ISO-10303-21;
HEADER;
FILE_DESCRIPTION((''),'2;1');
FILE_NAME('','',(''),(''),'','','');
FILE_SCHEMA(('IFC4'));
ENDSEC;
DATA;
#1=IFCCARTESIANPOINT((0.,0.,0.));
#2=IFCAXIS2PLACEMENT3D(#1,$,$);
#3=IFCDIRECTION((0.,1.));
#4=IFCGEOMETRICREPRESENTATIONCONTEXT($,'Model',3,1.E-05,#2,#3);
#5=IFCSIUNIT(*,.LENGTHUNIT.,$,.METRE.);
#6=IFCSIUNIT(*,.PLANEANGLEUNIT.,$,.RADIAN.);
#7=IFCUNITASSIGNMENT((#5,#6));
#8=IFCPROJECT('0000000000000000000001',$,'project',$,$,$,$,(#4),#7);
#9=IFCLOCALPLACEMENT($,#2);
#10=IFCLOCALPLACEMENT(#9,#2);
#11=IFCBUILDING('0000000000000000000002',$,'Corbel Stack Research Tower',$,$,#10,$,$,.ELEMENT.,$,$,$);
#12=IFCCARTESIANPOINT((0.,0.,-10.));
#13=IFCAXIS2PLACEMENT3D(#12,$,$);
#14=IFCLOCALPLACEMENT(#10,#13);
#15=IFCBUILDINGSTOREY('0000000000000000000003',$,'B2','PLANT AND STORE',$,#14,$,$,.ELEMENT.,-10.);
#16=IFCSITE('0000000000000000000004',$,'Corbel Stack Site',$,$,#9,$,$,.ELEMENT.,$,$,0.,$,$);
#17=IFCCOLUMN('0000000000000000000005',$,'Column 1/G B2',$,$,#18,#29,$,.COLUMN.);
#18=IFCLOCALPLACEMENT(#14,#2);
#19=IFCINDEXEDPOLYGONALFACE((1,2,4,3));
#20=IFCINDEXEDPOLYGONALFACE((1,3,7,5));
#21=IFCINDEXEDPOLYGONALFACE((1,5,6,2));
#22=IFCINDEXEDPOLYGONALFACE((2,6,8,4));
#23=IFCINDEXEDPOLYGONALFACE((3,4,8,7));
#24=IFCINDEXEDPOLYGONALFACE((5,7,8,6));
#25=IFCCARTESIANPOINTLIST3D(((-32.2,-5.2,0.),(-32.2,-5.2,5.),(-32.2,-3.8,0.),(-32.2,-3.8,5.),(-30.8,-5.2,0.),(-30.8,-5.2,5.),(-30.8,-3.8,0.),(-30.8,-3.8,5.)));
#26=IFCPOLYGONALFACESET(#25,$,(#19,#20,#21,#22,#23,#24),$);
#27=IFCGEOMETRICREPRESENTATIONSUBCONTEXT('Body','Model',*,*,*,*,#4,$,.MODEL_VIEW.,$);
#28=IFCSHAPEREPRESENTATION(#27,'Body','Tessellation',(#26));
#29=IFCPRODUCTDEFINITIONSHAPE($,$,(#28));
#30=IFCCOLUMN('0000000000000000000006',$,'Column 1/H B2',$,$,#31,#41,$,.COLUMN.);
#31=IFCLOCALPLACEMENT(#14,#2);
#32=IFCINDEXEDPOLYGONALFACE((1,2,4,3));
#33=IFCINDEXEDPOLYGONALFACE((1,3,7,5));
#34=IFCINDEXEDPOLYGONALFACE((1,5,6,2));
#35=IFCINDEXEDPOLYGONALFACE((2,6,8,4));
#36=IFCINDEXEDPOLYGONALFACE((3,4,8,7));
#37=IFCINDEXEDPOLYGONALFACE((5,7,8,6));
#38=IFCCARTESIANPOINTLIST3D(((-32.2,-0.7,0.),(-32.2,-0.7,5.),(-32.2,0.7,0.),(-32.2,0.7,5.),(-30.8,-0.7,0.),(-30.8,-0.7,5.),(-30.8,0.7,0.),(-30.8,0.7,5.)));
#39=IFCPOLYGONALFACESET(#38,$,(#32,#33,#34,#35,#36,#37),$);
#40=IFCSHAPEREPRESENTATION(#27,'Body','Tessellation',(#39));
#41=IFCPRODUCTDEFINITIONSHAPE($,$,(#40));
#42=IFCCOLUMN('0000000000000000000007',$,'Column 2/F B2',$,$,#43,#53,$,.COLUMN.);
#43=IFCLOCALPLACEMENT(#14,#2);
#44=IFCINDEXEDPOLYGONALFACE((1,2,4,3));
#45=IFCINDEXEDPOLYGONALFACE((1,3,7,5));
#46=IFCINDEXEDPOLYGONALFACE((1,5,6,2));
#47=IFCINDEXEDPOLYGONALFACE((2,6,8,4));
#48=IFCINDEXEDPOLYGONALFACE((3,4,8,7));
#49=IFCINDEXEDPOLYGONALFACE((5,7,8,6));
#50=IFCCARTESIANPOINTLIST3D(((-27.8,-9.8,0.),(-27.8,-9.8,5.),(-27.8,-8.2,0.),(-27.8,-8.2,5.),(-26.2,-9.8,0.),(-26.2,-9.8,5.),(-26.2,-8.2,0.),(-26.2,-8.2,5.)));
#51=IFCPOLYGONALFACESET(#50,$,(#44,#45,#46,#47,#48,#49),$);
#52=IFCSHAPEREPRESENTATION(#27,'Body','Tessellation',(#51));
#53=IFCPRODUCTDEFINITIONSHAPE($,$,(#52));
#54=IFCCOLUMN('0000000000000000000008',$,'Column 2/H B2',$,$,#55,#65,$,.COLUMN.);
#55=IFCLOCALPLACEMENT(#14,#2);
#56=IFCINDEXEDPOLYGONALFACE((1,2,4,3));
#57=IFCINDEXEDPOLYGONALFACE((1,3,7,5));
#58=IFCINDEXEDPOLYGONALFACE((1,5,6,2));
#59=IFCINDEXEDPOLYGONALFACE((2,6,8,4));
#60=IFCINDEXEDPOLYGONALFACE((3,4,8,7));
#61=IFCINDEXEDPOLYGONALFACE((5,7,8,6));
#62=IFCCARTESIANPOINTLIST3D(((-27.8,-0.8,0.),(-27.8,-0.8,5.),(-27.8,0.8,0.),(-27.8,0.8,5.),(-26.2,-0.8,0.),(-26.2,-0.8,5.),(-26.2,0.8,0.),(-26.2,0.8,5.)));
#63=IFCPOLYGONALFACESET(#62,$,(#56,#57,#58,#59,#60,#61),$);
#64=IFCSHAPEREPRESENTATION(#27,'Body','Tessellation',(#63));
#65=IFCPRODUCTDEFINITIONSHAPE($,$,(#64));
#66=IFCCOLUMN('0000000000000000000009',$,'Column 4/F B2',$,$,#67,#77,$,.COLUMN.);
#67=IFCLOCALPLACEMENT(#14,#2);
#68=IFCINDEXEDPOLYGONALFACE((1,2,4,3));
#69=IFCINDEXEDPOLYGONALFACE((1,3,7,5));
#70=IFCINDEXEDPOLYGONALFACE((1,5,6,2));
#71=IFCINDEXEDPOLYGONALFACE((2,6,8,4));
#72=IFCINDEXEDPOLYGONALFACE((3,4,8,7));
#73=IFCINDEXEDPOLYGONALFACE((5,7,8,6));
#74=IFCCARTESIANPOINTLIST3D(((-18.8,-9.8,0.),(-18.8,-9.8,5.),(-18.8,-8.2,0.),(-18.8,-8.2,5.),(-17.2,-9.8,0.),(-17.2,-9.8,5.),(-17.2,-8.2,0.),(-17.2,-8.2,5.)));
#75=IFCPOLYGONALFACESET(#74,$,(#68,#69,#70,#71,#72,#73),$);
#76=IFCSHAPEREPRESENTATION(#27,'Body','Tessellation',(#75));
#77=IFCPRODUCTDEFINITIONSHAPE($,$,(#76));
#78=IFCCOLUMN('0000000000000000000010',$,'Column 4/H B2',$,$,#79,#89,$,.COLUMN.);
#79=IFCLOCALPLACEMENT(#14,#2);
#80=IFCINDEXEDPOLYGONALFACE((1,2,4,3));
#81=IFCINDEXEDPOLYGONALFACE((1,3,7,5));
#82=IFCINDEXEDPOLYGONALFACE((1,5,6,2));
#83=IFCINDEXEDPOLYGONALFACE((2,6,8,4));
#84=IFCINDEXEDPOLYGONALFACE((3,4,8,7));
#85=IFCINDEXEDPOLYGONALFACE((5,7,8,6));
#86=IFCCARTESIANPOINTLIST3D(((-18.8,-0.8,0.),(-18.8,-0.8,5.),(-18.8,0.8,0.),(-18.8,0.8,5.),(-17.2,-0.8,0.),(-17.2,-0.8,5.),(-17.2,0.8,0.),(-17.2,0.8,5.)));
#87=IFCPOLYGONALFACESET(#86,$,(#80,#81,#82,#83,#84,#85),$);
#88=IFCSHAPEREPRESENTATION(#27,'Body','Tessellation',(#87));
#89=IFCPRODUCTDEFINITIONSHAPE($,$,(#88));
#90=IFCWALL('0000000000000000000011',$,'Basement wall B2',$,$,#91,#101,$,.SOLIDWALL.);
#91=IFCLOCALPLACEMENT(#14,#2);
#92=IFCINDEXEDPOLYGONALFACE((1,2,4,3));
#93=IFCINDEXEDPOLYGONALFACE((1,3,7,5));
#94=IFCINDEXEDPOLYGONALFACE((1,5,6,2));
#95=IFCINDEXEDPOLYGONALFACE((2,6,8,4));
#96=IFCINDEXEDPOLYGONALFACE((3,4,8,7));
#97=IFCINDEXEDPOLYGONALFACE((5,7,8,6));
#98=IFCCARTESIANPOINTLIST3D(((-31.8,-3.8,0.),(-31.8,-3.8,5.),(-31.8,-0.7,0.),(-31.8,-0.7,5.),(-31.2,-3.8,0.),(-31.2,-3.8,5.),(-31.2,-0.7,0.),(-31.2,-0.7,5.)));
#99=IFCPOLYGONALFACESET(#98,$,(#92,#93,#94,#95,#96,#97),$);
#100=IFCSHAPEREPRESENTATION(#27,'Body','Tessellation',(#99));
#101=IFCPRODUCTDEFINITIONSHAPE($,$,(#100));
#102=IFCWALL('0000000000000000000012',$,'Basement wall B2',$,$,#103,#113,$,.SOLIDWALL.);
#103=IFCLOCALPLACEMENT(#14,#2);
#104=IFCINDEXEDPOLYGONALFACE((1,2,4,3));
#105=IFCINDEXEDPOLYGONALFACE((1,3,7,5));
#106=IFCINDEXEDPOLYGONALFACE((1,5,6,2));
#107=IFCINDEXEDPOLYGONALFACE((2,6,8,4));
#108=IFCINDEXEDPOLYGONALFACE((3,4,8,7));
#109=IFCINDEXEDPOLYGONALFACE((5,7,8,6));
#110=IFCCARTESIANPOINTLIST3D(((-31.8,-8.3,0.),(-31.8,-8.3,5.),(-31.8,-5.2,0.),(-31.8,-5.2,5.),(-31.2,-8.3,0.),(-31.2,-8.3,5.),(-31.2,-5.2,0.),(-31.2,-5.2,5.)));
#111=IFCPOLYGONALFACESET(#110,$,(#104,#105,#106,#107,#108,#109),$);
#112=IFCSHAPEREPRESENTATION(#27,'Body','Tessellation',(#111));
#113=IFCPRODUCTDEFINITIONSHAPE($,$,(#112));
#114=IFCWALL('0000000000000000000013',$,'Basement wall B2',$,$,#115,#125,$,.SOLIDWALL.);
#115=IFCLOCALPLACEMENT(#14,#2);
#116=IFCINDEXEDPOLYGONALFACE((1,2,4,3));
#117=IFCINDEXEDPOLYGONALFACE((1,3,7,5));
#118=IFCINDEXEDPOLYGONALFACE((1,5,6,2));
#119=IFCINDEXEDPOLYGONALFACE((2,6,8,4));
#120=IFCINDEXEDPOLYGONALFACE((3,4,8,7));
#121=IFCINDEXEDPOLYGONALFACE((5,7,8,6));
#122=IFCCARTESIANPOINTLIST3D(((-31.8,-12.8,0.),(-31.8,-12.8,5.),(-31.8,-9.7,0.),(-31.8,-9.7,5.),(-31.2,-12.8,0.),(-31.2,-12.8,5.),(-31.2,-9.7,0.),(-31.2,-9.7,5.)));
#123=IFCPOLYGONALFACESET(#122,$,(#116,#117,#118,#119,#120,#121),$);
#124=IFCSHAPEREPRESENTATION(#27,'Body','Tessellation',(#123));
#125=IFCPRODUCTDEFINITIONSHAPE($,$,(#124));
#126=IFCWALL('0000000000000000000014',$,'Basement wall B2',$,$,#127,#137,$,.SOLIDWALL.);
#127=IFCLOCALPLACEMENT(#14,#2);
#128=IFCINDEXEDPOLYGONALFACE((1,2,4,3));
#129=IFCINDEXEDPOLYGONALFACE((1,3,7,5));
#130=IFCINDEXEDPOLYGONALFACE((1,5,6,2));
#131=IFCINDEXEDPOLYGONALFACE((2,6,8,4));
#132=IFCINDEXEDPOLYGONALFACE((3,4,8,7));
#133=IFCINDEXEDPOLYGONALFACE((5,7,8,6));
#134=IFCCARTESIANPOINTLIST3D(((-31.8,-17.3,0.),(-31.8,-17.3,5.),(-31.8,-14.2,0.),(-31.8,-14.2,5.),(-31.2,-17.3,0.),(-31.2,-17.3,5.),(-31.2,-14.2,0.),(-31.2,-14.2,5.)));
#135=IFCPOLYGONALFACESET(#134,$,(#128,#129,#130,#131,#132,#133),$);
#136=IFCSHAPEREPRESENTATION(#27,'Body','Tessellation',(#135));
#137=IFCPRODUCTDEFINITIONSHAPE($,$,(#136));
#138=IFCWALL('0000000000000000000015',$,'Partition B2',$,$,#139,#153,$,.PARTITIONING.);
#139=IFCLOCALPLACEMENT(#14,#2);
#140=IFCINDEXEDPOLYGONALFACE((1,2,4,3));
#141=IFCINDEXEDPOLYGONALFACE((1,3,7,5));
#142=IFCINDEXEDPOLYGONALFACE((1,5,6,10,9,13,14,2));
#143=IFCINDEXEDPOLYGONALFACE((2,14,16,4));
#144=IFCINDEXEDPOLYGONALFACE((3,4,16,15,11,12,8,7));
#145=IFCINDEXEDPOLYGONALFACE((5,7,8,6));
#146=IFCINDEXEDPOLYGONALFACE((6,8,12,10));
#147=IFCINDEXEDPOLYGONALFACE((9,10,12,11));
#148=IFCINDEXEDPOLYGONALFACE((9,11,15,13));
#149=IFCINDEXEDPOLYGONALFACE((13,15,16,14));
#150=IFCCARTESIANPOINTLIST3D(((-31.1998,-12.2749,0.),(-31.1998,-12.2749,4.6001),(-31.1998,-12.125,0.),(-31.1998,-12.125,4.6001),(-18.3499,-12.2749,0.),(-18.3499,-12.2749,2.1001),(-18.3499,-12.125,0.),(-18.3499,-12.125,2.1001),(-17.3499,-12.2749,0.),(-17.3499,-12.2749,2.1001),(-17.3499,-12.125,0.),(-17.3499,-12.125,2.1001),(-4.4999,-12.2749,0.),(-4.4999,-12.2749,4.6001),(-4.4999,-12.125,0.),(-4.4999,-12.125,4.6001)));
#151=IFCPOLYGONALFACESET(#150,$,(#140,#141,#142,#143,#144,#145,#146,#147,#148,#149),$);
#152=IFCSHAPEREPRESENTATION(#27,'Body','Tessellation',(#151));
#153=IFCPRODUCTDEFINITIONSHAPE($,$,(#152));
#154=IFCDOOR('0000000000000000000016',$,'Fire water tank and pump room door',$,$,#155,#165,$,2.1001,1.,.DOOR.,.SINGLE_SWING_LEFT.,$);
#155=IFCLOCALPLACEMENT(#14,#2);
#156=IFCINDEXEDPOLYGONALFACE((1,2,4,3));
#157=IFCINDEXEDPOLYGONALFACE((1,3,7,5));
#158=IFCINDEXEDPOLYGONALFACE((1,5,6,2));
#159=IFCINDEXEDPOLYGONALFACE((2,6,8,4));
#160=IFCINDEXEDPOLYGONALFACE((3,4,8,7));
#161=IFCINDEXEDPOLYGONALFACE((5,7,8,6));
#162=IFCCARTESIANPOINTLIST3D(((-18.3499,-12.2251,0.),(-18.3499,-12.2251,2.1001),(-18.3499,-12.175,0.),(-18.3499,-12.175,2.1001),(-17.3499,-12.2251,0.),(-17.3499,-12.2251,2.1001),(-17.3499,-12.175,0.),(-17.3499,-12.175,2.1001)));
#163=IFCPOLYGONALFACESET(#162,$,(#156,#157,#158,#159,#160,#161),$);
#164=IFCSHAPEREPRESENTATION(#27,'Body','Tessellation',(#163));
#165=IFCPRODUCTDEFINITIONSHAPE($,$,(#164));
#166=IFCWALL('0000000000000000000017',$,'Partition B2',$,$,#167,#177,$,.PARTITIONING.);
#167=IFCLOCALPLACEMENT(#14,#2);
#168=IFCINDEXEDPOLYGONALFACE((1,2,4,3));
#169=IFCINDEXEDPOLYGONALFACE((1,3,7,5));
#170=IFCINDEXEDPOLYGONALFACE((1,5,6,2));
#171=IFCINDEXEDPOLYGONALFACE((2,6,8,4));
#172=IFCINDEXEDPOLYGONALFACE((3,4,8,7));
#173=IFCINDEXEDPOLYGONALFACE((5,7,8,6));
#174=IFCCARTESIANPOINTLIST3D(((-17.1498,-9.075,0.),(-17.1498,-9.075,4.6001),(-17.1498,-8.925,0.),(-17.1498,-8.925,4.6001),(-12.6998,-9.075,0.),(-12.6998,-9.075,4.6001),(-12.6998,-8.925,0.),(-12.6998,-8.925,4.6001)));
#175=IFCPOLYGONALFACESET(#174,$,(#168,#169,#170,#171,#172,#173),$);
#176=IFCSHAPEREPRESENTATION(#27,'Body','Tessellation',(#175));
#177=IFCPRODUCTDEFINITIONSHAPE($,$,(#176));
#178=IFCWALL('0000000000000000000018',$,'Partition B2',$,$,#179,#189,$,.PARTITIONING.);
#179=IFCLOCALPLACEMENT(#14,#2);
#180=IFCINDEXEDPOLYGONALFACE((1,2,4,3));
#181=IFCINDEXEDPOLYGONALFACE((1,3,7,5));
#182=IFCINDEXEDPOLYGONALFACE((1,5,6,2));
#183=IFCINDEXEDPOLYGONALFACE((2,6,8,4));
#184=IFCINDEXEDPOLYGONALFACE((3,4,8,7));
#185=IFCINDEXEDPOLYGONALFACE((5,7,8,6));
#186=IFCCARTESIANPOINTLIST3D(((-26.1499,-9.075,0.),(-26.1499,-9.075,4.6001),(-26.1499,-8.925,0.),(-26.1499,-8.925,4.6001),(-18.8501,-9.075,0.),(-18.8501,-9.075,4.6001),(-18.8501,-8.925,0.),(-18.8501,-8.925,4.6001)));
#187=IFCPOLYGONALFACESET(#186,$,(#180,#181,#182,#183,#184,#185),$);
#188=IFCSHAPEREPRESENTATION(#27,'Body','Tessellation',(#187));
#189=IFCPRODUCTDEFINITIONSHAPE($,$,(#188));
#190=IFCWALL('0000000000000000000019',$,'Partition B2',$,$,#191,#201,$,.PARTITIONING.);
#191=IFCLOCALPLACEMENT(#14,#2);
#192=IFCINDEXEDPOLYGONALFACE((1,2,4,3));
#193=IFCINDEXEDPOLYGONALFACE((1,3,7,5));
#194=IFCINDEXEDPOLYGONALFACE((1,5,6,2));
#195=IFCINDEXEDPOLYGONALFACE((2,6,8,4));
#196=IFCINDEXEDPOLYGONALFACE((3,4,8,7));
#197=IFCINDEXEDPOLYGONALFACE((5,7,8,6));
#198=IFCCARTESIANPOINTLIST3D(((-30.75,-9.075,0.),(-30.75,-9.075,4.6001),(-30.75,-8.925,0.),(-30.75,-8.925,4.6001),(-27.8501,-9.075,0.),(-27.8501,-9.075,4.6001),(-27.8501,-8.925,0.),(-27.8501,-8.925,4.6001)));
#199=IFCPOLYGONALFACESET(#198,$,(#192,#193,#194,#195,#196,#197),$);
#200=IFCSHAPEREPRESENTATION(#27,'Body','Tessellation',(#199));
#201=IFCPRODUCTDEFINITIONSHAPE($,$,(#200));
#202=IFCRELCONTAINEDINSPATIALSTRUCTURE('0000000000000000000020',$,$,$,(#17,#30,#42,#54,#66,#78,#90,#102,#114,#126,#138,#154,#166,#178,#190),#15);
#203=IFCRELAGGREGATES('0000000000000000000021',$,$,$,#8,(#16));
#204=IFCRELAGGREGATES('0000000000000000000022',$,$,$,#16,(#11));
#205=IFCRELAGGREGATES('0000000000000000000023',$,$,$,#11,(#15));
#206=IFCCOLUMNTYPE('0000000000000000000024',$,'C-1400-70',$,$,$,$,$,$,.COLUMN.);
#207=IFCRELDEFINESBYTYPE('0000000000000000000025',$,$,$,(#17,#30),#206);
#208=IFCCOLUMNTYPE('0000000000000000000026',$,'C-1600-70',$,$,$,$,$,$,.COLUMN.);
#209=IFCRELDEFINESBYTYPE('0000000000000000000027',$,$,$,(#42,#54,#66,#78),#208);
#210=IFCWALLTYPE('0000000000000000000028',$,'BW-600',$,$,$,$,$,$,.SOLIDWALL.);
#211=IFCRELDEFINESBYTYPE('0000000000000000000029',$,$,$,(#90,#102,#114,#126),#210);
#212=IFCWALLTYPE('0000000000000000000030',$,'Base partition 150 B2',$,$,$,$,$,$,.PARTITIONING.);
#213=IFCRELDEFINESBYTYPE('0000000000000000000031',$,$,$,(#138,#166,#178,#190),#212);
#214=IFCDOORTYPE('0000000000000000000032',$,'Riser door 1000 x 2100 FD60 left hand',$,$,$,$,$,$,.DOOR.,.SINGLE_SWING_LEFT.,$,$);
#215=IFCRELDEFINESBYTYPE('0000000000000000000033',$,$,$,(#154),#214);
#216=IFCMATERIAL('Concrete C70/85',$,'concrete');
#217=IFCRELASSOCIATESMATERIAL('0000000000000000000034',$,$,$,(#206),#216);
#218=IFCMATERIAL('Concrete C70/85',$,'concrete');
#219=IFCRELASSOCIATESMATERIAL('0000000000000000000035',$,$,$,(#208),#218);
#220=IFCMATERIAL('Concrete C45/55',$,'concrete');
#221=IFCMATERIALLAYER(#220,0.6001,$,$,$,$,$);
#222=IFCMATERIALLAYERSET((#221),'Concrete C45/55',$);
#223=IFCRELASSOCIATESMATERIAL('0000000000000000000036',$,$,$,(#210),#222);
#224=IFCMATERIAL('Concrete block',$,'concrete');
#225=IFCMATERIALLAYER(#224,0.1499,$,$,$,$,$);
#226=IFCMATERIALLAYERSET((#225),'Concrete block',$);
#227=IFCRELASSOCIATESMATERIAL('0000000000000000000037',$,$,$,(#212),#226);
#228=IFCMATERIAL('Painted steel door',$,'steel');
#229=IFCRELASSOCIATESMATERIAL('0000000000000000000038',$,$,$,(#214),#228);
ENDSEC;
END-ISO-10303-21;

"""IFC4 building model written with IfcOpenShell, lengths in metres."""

from ifc_helpers import new_model, si_unit, direction, frame, frame_2d, origin, origin_2d, place, context, subcontext, project, spatial, rectangle, extrude, material, layer, layer_set, material_profile, profile_set, type_object, element, fill, save


model = new_model("IFC4")

# Units and contexts
model_context = context("Model", 3, precision=1e-05, world=origin(), true_north=direction((0.0, 1.0)))
body_context = subcontext(model_context, "Body", "Model", "MODEL_VIEW")
ifc_project = project(units=[si_unit("LENGTHUNIT", "METRE"), si_unit("PLANEANGLEUNIT", "RADIAN")], contexts=[model_context])

# Site, building, storey
site_placement = place(None, origin())
site = spatial("IfcSite", under=ifc_project, at=site_placement, Name="Corbel Stack Site", CompositionType="ELEMENT", RefElevation=0.0)
building_placement = place(site_placement, origin())
building = spatial("IfcBuilding", under=site, at=building_placement, Name="Corbel Stack Research Tower", CompositionType="ELEMENT")
storey_placement = place(building_placement, frame((0.0, 0.0, -10.0)))
storey = spatial("IfcBuildingStorey", under=building, at=storey_placement, Name="B2", Description="PLANT AND STORE", CompositionType="ELEMENT", Elevation=-10.0)

# Columns
ifc_material_1 = material(Name="Concrete C70/85", Category="concrete")
ifc_material_profile_1 = material_profile(ifc_material_1, rectangle(XDim=1.3999, YDim=1.3999, at=origin_2d()), Name="RC 1400 x 1400")
ifc_profile_set_1 = profile_set([ifc_material_profile_1], Name="Concrete C70/85")
column_type_1 = type_object("IfcColumnType", Name="C-1400-70", PredefinedType="COLUMN", material=ifc_profile_set_1)
for number, where, z_axis, x_axis, name in (
    (1, (-31.5, -4.5, 0.0), (0.0, 0.0, 1.0), (1.0, 0.0, 0.0), "Column 1/G B2"),
    (2, (-31.5, 0.0, 0.0), (0.0, 0.0, 1.0), (1.0, 0.0, 0.0), "Column 1/H B2"),
):
    element("IfcColumn", number, at=place(storey_placement, frame(where, z_axis=z_axis, x_axis=x_axis)), inside=storey, type_object=column_type_1, Name=name, PredefinedType="COLUMN", context=body_context, shape_type="SweptSolid", body=[
        extrude(rectangle(XDim=1.3999, YDim=1.3999, at=origin_2d()), origin(), (0.0, 0.0, 1.0), 5.0),
    ])
ifc_material_2 = material(Name="Concrete C70/85", Category="concrete")
ifc_material_profile_2 = material_profile(ifc_material_2, rectangle(XDim=1.6001, YDim=1.6001, at=origin_2d()), Name="RC 1600 x 1600")
ifc_profile_set_2 = profile_set([ifc_material_profile_2], Name="Concrete C70/85")
column_type_2 = type_object("IfcColumnType", Name="C-1600-70", PredefinedType="COLUMN", material=ifc_profile_set_2)
for number, where, z_axis, x_axis, name in (
    (3, (-27.0, -9.0, 0.0), (0.0, 0.0, 1.0), (1.0, 0.0, 0.0), "Column 2/F B2"),
    (4, (-27.0, 0.0, 0.0), (0.0, 0.0, 1.0), (1.0, 0.0, 0.0), "Column 2/H B2"),
    (5, (-18.0, -9.0, 0.0), (0.0, 0.0, 1.0), (1.0, 0.0, 0.0), "Column 4/F B2"),
    (6, (-18.0, 0.0, 0.0), (0.0, 0.0, 1.0), (1.0, 0.0, 0.0), "Column 4/H B2"),
):
    element("IfcColumn", number, at=place(storey_placement, frame(where, z_axis=z_axis, x_axis=x_axis)), inside=storey, type_object=column_type_2, Name=name, PredefinedType="COLUMN", context=body_context, shape_type="SweptSolid", body=[
        extrude(rectangle(XDim=1.6001, YDim=1.6001, at=origin_2d()), origin(), (0.0, 0.0, 1.0), 5.0),
    ])

# Walls
ifc_material_3 = material(Name="Concrete C45/55", Category="concrete")
ifc_layer_1 = layer(ifc_material_3, 0.6001)
ifc_layer_set_1 = layer_set([ifc_layer_1], Name="Concrete C45/55")
wall_type_1 = type_object("IfcWallType", Name="BW-600", PredefinedType="SOLIDWALL", material=ifc_layer_set_1)
for number, where, z_axis, x_axis, name in (
    (7, (-31.5, -0.7, 0.0), (0.0, 0.0, 1.0), (0.0, -1.0, 0.0), "Basement wall B2"),
    (8, (-31.5, -5.2, 0.0), (0.0, 0.0, 1.0), (0.0, -1.0, 0.0), "Basement wall B2"),
    (9, (-31.5, -9.7, 0.0), (0.0, 0.0, 1.0), (0.0, -1.0, 0.0), "Basement wall B2"),
    (10, (-31.5, -14.2, 0.0), (0.0, 0.0, 1.0), (0.0, -1.0, 0.0), "Basement wall B2"),
):
    element("IfcWall", number, at=place(storey_placement, frame(where, z_axis=z_axis, x_axis=x_axis)), inside=storey, type_object=wall_type_1, Name=name, PredefinedType="SOLIDWALL", context=body_context, shape_type="SweptSolid", body=[
        extrude(rectangle(XDim=3.1001, YDim=0.6001, at=frame_2d((1.55, 0.0))), origin(), (0.0, 0.0, 1.0), 5.0),
    ])

# Wall, opening, door
ifc_material_4 = material(Name="Concrete block", Category="concrete")
ifc_layer_2 = layer(ifc_material_4, 0.1499)
ifc_layer_set_2 = layer_set([ifc_layer_2], Name="Concrete block")
wall_type_2 = type_object("IfcWallType", Name="Base partition 150 B2", PredefinedType="PARTITIONING", material=ifc_layer_set_2)
wall_1_placement = place(storey_placement, frame((-31.2, -12.2, 0.0), z_axis=(0.0, 0.0, 1.0), x_axis=(1.0, 0.0, 0.0)))
wall_1 = element("IfcWall", 11, at=wall_1_placement, inside=storey, type_object=wall_type_2, Name="Partition B2", PredefinedType="PARTITIONING", context=body_context, shape_type="SweptSolid", body=[
    extrude(rectangle(XDim=26.7, YDim=0.1499, at=frame_2d((13.3501, 0.0))), origin(), (0.0, 0.0, 1.0), 4.6001),
])
opening_placement = place(wall_1_placement, frame((12.8501, 0.0, 0.0)))
opening = element("IfcOpeningElement", 12, at=opening_placement, cuts=wall_1, PredefinedType="OPENING", context=body_context, shape_type="SweptSolid", body=[
    extrude(rectangle(XDim=1.0, YDim=2.1001, at=frame_2d((0.5, 1.05))), frame((0.0, 0.085, 0.0), z_axis=(0.0, -1.0, 0.0), x_axis=(1.0, 0.0, 0.0)), (0.0, 0.0, 1.0), 0.1699),
])
ifc_material_5 = material(Name="Painted steel door", Category="steel")
door_type = type_object("IfcDoorType", Name="Riser door 1000 x 2100 FD60 left hand", OperationType="SINGLE_SWING_LEFT", PredefinedType="DOOR", material=ifc_material_5)
door_placement = place(opening_placement, origin())
door = element("IfcDoor", 13, at=door_placement, inside=storey, type_object=door_type, Name="Fire water tank and pump room door", OperationType="SINGLE_SWING_LEFT", OverallHeight=2.1001, OverallWidth=1.0, PredefinedType="DOOR", context=body_context, shape_type="SweptSolid", body=[
    extrude(rectangle(XDim=1.0, YDim=2.1001, at=frame_2d((0.5, 1.05))), frame((0.0, 0.0249, 0.0), z_axis=(0.0, -1.0, 0.0), x_axis=(1.0, 0.0, 0.0)), (0.0, 0.0, 1.0), 0.05),
])
fill(opening, door)

# Walls
wall_2_placement = place(storey_placement, frame((-17.1499, -9.0, 0.0), z_axis=(0.0, 0.0, 1.0), x_axis=(1.0, 0.0, 0.0)))
element("IfcWall", 14, at=wall_2_placement, inside=storey, type_object=wall_type_2, Name="Partition B2", PredefinedType="PARTITIONING", context=body_context, shape_type="SweptSolid", body=[
    extrude(rectangle(XDim=4.45, YDim=0.1499, at=frame_2d((2.2251, 0.0))), origin(), (0.0, 0.0, 1.0), 4.6001),
])
wall_3_placement = place(storey_placement, frame((-26.1499, -9.0, 0.0), z_axis=(0.0, 0.0, 1.0), x_axis=(1.0, 0.0, 0.0)))
element("IfcWall", 15, at=wall_3_placement, inside=storey, type_object=wall_type_2, Name="Partition B2", PredefinedType="PARTITIONING", context=body_context, shape_type="SweptSolid", body=[
    extrude(rectangle(XDim=7.2998, YDim=0.1499, at=frame_2d((3.6499, 0.0))), origin(), (0.0, 0.0, 1.0), 4.6001),
])
wall_4_placement = place(storey_placement, frame((-30.75, -9.0, 0.0), z_axis=(0.0, 0.0, 1.0), x_axis=(1.0, 0.0, 0.0)))
element("IfcWall", 16, at=wall_4_placement, inside=storey, type_object=wall_type_2, Name="Partition B2", PredefinedType="PARTITIONING", context=body_context, shape_type="SweptSolid", body=[
    extrude(rectangle(XDim=2.8999, YDim=0.1499, at=frame_2d((1.45, 0.0))), origin(), (0.0, 0.0, 1.0), 4.6001),
])

save(model, "model.ifc")
